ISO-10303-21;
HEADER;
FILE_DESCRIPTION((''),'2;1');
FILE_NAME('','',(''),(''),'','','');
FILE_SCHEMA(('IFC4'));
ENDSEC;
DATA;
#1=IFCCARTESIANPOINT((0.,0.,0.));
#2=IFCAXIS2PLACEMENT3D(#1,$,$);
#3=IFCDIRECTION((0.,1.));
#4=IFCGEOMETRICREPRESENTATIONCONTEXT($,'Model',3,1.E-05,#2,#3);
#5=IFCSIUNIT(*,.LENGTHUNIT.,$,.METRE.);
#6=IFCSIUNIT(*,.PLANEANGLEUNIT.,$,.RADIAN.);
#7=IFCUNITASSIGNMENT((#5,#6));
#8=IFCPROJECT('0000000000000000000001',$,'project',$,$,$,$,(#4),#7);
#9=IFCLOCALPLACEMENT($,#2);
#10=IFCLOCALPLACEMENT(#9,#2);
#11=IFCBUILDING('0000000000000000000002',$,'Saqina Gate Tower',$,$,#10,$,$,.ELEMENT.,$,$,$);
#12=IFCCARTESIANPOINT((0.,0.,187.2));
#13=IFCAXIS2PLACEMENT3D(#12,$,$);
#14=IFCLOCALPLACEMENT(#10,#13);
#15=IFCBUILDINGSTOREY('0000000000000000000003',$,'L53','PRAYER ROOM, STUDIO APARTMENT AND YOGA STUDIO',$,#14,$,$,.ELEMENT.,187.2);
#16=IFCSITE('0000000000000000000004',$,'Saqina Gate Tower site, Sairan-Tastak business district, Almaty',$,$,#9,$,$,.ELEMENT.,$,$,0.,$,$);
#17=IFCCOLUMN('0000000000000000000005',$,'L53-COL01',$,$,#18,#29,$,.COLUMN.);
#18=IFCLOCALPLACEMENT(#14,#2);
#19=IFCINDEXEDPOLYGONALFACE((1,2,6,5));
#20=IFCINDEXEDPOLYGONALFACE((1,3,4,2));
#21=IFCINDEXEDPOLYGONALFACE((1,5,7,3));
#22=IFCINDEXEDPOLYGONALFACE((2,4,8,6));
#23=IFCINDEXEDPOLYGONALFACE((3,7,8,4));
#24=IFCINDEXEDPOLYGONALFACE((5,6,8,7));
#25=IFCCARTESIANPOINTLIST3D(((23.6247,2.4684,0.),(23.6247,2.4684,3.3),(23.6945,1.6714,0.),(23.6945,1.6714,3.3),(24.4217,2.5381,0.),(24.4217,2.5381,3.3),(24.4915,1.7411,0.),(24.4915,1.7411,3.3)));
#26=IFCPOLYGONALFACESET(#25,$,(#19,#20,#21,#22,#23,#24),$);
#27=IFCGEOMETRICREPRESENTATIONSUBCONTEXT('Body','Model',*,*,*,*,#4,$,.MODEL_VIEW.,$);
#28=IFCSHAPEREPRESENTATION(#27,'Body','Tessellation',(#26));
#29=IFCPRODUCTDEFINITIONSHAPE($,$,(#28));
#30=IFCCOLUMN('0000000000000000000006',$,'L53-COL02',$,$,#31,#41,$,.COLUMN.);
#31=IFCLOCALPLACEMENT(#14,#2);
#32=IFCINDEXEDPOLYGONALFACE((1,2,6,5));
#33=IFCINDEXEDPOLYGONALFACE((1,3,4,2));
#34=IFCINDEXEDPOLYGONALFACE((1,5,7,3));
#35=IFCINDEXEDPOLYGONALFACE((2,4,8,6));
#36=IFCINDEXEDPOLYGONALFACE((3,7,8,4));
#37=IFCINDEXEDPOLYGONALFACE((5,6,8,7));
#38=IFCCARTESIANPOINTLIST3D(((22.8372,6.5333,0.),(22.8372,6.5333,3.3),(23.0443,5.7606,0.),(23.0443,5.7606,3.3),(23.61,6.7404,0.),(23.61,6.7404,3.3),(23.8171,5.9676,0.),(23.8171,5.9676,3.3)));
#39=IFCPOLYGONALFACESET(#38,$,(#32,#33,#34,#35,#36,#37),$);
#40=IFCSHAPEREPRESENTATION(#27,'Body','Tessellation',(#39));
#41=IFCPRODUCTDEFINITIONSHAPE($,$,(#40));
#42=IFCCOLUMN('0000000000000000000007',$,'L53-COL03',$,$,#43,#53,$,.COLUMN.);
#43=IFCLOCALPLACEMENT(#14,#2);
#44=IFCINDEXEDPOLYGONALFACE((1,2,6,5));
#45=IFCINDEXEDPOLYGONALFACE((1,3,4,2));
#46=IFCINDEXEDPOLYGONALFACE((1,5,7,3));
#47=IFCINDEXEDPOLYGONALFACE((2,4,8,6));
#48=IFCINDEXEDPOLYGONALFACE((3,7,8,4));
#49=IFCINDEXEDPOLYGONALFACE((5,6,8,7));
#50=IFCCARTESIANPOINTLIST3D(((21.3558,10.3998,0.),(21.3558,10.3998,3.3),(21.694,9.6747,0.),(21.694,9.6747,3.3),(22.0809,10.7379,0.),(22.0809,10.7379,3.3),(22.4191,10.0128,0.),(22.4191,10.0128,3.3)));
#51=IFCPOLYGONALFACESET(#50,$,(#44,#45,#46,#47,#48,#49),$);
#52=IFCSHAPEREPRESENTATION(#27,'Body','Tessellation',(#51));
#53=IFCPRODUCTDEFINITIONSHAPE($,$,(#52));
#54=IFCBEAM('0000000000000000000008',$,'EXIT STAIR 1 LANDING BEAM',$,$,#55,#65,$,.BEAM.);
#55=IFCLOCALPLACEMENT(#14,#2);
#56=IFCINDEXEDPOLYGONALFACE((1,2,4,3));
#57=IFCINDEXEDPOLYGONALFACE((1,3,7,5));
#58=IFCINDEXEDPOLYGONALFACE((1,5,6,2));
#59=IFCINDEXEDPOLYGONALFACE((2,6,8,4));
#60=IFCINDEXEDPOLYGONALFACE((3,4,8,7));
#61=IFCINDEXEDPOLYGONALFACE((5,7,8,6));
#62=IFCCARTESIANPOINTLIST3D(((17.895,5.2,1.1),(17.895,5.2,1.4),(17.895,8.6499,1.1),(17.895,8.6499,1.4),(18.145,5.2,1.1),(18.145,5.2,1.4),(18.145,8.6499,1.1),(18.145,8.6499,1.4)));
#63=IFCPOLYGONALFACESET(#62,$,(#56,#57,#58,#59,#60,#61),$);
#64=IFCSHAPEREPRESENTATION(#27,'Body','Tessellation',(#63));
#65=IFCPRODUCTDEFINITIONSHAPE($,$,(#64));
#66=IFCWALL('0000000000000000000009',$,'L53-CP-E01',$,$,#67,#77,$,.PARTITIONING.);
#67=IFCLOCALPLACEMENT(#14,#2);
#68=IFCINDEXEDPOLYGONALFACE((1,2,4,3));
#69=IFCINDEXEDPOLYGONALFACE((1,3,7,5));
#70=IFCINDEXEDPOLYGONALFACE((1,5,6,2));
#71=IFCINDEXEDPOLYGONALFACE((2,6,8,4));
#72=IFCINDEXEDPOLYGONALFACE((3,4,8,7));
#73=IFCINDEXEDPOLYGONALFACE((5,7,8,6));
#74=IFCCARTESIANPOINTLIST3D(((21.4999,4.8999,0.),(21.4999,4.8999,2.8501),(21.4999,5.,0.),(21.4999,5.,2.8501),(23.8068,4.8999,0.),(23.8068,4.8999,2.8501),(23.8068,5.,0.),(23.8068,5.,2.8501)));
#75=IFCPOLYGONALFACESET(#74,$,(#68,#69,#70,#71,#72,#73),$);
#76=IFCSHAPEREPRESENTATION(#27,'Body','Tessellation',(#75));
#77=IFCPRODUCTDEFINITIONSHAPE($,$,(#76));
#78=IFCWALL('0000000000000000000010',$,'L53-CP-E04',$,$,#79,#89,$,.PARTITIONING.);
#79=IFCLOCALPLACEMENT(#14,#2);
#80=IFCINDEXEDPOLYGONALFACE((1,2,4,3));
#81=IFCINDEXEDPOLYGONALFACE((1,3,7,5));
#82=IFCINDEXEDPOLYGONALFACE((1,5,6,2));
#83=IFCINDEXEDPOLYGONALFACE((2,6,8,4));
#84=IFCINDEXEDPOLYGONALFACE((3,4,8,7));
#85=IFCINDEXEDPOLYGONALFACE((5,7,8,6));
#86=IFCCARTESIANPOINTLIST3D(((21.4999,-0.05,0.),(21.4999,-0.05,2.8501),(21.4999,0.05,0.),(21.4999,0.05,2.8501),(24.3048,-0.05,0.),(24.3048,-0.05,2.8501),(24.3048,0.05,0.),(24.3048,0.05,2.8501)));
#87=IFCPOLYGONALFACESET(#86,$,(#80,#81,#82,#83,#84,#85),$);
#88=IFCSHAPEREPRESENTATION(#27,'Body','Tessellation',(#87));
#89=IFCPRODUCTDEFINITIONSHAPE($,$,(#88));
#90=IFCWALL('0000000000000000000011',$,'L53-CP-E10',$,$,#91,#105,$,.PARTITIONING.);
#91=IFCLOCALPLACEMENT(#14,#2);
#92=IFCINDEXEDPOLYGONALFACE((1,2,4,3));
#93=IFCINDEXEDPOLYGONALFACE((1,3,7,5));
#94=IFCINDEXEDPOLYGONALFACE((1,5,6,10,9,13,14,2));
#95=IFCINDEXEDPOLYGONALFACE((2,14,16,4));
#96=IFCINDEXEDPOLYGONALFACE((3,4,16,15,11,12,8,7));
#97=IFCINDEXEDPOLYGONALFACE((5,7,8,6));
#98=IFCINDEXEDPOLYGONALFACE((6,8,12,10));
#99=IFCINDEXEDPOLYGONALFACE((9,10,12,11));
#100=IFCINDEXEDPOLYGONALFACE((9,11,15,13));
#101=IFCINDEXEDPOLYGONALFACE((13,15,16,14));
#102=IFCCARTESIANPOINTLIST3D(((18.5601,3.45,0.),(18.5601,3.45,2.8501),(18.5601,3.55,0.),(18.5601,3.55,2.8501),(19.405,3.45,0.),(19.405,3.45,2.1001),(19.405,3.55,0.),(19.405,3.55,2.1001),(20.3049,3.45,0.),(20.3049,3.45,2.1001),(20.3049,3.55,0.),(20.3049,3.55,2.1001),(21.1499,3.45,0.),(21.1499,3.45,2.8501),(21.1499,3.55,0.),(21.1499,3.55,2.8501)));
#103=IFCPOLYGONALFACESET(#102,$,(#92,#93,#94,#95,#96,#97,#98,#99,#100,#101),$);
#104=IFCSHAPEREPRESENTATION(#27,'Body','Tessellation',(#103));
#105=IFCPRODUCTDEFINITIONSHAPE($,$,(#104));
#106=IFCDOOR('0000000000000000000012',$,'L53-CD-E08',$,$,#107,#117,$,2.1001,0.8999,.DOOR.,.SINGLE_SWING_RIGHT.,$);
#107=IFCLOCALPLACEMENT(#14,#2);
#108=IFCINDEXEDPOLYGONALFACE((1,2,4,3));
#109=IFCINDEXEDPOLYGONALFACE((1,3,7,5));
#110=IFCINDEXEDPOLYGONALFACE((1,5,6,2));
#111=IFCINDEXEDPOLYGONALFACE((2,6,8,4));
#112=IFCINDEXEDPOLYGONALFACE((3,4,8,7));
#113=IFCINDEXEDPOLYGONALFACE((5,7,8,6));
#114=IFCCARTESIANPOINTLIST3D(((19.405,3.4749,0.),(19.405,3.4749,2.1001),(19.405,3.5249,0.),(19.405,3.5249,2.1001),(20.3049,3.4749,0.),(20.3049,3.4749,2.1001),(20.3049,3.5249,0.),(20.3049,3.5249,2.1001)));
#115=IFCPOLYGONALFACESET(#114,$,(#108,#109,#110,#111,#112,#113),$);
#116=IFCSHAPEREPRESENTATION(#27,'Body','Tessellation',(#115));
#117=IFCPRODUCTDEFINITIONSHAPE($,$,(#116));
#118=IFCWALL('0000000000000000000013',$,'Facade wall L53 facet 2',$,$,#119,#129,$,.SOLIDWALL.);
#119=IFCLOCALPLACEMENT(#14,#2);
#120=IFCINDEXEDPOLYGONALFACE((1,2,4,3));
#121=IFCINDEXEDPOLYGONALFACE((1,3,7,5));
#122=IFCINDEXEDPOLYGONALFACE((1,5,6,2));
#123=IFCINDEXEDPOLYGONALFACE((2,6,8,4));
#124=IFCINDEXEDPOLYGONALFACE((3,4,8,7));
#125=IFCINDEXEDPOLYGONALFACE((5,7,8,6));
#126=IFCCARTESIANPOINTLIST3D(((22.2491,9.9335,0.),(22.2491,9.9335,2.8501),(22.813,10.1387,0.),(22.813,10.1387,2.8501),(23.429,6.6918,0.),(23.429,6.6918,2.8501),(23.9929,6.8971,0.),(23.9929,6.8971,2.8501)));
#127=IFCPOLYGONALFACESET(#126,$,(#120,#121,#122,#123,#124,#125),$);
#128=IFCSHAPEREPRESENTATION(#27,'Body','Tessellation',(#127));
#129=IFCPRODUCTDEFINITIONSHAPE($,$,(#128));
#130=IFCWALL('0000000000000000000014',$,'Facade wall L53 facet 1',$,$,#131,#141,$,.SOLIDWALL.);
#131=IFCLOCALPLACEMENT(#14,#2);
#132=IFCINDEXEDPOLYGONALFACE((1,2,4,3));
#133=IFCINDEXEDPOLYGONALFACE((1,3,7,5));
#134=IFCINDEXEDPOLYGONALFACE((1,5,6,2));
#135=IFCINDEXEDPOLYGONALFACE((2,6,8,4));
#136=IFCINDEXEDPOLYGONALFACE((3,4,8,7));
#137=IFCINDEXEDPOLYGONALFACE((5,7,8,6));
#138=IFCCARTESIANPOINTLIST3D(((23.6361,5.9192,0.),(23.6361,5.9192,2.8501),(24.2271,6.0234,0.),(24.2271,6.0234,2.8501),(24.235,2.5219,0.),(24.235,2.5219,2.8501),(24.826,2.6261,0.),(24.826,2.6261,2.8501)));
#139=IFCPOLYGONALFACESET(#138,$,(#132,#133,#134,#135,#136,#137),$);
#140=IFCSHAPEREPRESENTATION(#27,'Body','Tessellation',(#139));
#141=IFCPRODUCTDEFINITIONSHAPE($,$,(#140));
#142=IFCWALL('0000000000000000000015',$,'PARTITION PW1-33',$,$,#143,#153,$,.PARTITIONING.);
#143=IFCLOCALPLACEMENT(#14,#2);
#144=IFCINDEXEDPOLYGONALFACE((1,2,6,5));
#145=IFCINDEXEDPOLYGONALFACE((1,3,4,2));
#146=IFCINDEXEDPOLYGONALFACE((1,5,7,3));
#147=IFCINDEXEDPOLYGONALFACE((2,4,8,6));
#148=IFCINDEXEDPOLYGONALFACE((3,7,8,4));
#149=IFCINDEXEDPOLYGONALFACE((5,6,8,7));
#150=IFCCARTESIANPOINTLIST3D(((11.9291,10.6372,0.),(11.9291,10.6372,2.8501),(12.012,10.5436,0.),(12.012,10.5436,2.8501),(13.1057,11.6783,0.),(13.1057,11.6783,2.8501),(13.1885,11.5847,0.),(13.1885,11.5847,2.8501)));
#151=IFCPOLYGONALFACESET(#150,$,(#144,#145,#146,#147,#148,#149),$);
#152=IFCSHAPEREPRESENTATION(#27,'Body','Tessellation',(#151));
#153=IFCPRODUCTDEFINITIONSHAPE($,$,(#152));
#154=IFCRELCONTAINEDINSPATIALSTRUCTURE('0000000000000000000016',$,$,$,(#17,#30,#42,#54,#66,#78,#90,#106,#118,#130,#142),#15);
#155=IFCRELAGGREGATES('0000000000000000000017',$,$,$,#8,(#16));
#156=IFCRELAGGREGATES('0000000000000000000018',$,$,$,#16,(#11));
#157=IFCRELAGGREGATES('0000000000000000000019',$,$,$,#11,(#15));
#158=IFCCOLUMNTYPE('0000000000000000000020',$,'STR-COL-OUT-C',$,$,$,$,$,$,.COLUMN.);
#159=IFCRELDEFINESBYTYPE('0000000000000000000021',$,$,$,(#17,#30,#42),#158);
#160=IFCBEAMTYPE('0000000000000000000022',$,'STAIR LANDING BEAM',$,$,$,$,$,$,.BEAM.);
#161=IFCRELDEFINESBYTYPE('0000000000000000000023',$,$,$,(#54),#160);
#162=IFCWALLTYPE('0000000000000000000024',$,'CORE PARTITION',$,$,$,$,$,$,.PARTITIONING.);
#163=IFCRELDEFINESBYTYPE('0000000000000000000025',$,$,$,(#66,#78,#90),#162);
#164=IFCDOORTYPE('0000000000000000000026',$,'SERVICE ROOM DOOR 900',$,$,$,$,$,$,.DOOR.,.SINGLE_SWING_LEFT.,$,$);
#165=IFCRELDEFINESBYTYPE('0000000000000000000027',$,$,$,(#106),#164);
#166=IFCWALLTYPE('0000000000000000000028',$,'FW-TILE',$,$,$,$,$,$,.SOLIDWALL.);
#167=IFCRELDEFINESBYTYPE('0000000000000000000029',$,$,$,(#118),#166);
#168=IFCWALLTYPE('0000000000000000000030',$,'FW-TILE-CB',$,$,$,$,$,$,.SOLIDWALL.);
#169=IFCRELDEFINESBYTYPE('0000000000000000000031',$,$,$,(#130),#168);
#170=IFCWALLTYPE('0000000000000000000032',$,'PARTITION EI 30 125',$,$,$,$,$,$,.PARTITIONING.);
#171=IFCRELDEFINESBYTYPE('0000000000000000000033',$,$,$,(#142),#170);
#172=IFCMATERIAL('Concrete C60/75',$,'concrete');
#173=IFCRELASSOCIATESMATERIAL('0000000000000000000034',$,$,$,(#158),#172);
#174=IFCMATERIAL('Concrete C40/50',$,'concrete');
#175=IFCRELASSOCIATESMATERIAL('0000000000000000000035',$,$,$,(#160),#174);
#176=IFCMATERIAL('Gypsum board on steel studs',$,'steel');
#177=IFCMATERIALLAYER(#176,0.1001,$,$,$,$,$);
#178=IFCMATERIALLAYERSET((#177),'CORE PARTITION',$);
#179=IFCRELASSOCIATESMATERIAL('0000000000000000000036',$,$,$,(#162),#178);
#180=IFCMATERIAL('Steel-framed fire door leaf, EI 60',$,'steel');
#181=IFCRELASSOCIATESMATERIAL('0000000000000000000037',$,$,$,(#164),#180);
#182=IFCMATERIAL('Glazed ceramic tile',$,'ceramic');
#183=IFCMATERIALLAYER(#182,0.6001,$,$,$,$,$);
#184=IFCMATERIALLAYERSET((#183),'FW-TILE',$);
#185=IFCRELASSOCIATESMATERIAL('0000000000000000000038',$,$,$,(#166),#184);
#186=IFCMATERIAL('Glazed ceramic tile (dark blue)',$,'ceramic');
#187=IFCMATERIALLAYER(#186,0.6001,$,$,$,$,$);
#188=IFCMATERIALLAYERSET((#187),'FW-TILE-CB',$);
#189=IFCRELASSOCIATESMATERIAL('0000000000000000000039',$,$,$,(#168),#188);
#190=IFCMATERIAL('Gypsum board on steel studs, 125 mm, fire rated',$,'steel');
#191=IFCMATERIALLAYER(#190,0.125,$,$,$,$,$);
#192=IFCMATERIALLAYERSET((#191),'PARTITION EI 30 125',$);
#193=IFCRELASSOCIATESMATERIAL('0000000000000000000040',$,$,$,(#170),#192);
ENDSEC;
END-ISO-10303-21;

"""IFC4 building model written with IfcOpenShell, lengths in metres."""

from ifc_helpers import new_model, si_unit, direction, frame, frame_2d, origin, origin_2d, place, context, subcontext, project, spatial, rectangle, extrude, material, layer, layer_set, material_profile, profile_set, type_object, element, fill, save


model = new_model("IFC4")

# Units and contexts
model_context = context("Model", 3, precision=1e-05, world=origin(), true_north=direction((0.0, 1.0)))
body_context = subcontext(model_context, "Body", "Model", "MODEL_VIEW")
ifc_project = project(units=[si_unit("LENGTHUNIT", "METRE"), si_unit("PLANEANGLEUNIT", "RADIAN")], contexts=[model_context])

# Site, building, storey
site_placement = place(None, origin())
site = spatial("IfcSite", under=ifc_project, at=site_placement, Name="Saqina Gate Tower site, Sairan-Tastak business district, Almaty", CompositionType="ELEMENT", RefElevation=0.0)
building_placement = place(site_placement, origin())
building = spatial("IfcBuilding", under=site, at=building_placement, Name="Saqina Gate Tower", CompositionType="ELEMENT")
storey_placement = place(building_placement, frame((0.0, 0.0, 187.2)))
storey = spatial("IfcBuildingStorey", under=building, at=storey_placement, Name="L53", Description="PRAYER ROOM, STUDIO APARTMENT AND YOGA STUDIO", CompositionType="ELEMENT", Elevation=187.2)

# Columns
ifc_material_1 = material(Name="Concrete C60/75", Category="concrete")
ifc_material_profile_1 = material_profile(ifc_material_1, rectangle(XDim=0.8, YDim=0.8, at=origin_2d()), Name="RC 800x800")
ifc_profile_set_1 = profile_set([ifc_material_profile_1], Name="Concrete C60/75")
column_type = type_object("IfcColumnType", Name="STR-COL-OUT-C", PredefinedType="COLUMN", material=ifc_profile_set_1)
for number, where, z_axis, x_axis, name in (
    (1, (24.0581, 2.1047, 0.0), (0.0, 0.0, 1.0), (0.996195, 0.087156, 0.0), "L53-COL01"),
    (2, (23.3271, 6.2505, 0.0), (0.0, 0.0, 1.0), (0.965926, 0.258819, 0.0), "L53-COL02"),
    (3, (21.8875, 10.2063, 0.0), (0.0, 0.0, 1.0), (0.906308, 0.422618, 0.0), "L53-COL03"),
):
    element("IfcColumn", number, at=place(storey_placement, frame(where, z_axis=z_axis, x_axis=x_axis)), inside=storey, type_object=column_type, Name=name, PredefinedType="COLUMN", context=body_context, shape_type="SweptSolid", body=[
        extrude(rectangle(XDim=0.8, YDim=0.8, at=origin_2d()), origin(), (0.0, 0.0, 1.0), 3.3),
    ])

# Beam
ifc_material_2 = material(Name="Concrete C40/50", Category="concrete")
ifc_material_profile_2 = material_profile(ifc_material_2, rectangle(XDim=0.25, YDim=0.3, at=origin_2d()), Name="STAIR LANDING BEAM")
ifc_profile_set_2 = profile_set([ifc_material_profile_2], Name="Concrete C40/50")
beam_type = type_object("IfcBeamType", Name="STAIR LANDING BEAM", PredefinedType="BEAM", material=ifc_profile_set_2)
beam_placement = place(storey_placement, frame((18.02, 5.2, 1.25), z_axis=(0.0, 1.0, 0.0), x_axis=(-1.0, 0.0, 0.0)))
element("IfcBeam", 4, at=beam_placement, inside=storey, type_object=beam_type, Name="EXIT STAIR 1 LANDING BEAM", PredefinedType="BEAM", context=body_context, shape_type="SweptSolid", body=[
    extrude(rectangle(XDim=0.25, YDim=0.3, at=origin_2d()), origin(), (0.0, 0.0, 1.0), 3.45),
])

# Walls
ifc_material_3 = material(Name="Gypsum board on steel studs", Category="steel")
ifc_layer_1 = layer(ifc_material_3, 0.1001)
ifc_layer_set_1 = layer_set([ifc_layer_1], Name="CORE PARTITION")
wall_type_1 = type_object("IfcWallType", Name="CORE PARTITION", PredefinedType="PARTITIONING", material=ifc_layer_set_1)
wall_1_placement = place(storey_placement, frame((21.5, 4.95, 0.0), z_axis=(0.0, 0.0, 1.0), x_axis=(1.0, 0.0, 0.0)))
element("IfcWall", 5, at=wall_1_placement, inside=storey, type_object=wall_type_1, Name="L53-CP-E01", PredefinedType="PARTITIONING", context=body_context, shape_type="SweptSolid", body=[
    extrude(rectangle(XDim=2.3069, YDim=0.1001, at=frame_2d((1.1533, 0.0))), origin(), (0.0, 0.0, 1.0), 2.8501),
])
wall_2_placement = place(storey_placement, frame((21.5, 0.0, 0.0), z_axis=(0.0, 0.0, 1.0), x_axis=(1.0, 0.0, 0.0)))
element("IfcWall", 6, at=wall_2_placement, inside=storey, type_object=wall_type_1, Name="L53-CP-E04", PredefinedType="PARTITIONING", context=body_context, shape_type="SweptSolid", body=[
    extrude(rectangle(XDim=2.8049, YDim=0.1001, at=frame_2d((1.4023, 0.0))), origin(), (0.0, 0.0, 1.0), 2.8501),
])

# Wall, opening, door
wall_3_placement = place(storey_placement, frame((18.5601, 3.5, 0.0), z_axis=(0.0, 0.0, 1.0), x_axis=(1.0, 0.0, 0.0)))
wall_3 = element("IfcWall", 7, at=wall_3_placement, inside=storey, type_object=wall_type_1, Name="L53-CP-E10", PredefinedType="PARTITIONING", context=body_context, shape_type="SweptSolid", body=[
    extrude(rectangle(XDim=2.5898, YDim=0.1001, at=frame_2d((1.2949, 0.0))), origin(), (0.0, 0.0, 1.0), 2.8501),
])
opening_1_placement = place(wall_3_placement, frame((0.845, 0.0, 0.0)))
opening_1 = element("IfcOpeningElement", 8, at=opening_1_placement, cuts=wall_3, PredefinedType="OPENING", context=body_context, shape_type="SweptSolid", body=[
    extrude(rectangle(XDim=0.8999, YDim=2.1001, at=frame_2d((0.45, 1.05))), frame((0.0, 0.062, 0.0), z_axis=(0.0, -1.0, 0.0), x_axis=(1.0, 0.0, 0.0)), (0.0, 0.0, 1.0), 0.124),
])
ifc_material_4 = material(Name="Steel-framed fire door leaf, EI 60", Category="steel")
door_type_1 = type_object("IfcDoorType", Name="SERVICE ROOM DOOR 900", OperationType="SINGLE_SWING_LEFT", PredefinedType="DOOR", material=ifc_material_4)
door_1_placement = place(opening_1_placement, origin())
door_1 = element("IfcDoor", 9, at=door_1_placement, inside=storey, type_object=door_type_1, Name="L53-CD-E08", OperationType="SINGLE_SWING_RIGHT", OverallHeight=2.1001, OverallWidth=0.8999, PredefinedType="DOOR", context=body_context, shape_type="SweptSolid", body=[
    extrude(rectangle(XDim=0.8999, YDim=2.1001, at=frame_2d((0.45, 1.05))), frame((0.0, 0.0249, 0.0), z_axis=(0.0, -1.0, 0.0), x_axis=(1.0, 0.0, 0.0)), (0.0, 0.0, 1.0), 0.05),
])
fill(opening_1, door_1)

# Walls
ifc_material_5 = material(Name="Glazed ceramic tile", Category="ceramic")
ifc_layer_2 = layer(ifc_material_5, 0.6001)
ifc_layer_set_2 = layer_set([ifc_layer_2], Name="FW-TILE")
wall_type_2 = type_object("IfcWallType", Name="FW-TILE", PredefinedType="SOLIDWALL", material=ifc_layer_set_2)
wall_4_placement = place(storey_placement, frame((23.7109, 6.7944, 0.0), z_axis=(0.0, 0.0, 1.0), x_axis=(-0.342033, 0.939688, 0.0)))
element("IfcWall", 10, at=wall_4_placement, inside=storey, type_object=wall_type_2, Name="Facade wall L53 facet 2", PredefinedType="SOLIDWALL", context=body_context, shape_type="SweptSolid", body=[
    extrude(rectangle(XDim=3.4497, YDim=0.6001, at=frame_2d((1.7249, 0.0))), origin(), (0.0, 0.0, 1.0), 2.8501),
])
ifc_material_6 = material(Name="Glazed ceramic tile (dark blue)", Category="ceramic")
ifc_layer_3 = layer(ifc_material_6, 0.6001)
ifc_layer_set_3 = layer_set([ifc_layer_3], Name="FW-TILE-CB")
wall_type_3 = type_object("IfcWallType", Name="FW-TILE-CB", PredefinedType="SOLIDWALL", material=ifc_layer_set_3)
wall_5_placement = place(storey_placement, frame((24.5305, 2.574, 0.0), z_axis=(0.0, 0.0, 1.0), x_axis=(-0.173608, 0.984815, 0.0)))
element("IfcWall", 11, at=wall_5_placement, inside=storey, type_object=wall_type_3, Name="Facade wall L53 facet 1", PredefinedType="SOLIDWALL", context=body_context, shape_type="SweptSolid", body=[
    extrude(rectangle(XDim=3.4497, YDim=0.6001, at=frame_2d((1.7249, 0.0))), origin(), (0.0, 0.0, 1.0), 2.8501),
])
ifc_material_7 = material(Name="Gypsum board on steel studs, 125 mm, fire rated", Category="steel")
ifc_layer_4 = layer(ifc_material_7, 0.125)
ifc_layer_set_4 = layer_set([ifc_layer_4], Name="PARTITION EI 30 125")
wall_type_4 = type_object("IfcWallType", Name="PARTITION EI 30 125", PredefinedType="PARTITIONING", material=ifc_layer_set_4)
wall_6_placement = place(storey_placement, frame((11.9705, 10.5903, 0.0), z_axis=(0.0, 0.0, 1.0), x_axis=(0.748916, 0.662664, 0.0)))
element("IfcWall", 12, at=wall_6_placement, inside=storey, type_object=wall_type_4, Name="PARTITION PW1-33", PredefinedType="PARTITIONING", context=body_context, shape_type="SweptSolid", body=[
    extrude(rectangle(XDim=1.571, YDim=0.125, at=frame_2d((0.7856, 0.0))), origin(), (0.0, 0.0, 1.0), 2.8501),
])

save(model, "model.ifc")
